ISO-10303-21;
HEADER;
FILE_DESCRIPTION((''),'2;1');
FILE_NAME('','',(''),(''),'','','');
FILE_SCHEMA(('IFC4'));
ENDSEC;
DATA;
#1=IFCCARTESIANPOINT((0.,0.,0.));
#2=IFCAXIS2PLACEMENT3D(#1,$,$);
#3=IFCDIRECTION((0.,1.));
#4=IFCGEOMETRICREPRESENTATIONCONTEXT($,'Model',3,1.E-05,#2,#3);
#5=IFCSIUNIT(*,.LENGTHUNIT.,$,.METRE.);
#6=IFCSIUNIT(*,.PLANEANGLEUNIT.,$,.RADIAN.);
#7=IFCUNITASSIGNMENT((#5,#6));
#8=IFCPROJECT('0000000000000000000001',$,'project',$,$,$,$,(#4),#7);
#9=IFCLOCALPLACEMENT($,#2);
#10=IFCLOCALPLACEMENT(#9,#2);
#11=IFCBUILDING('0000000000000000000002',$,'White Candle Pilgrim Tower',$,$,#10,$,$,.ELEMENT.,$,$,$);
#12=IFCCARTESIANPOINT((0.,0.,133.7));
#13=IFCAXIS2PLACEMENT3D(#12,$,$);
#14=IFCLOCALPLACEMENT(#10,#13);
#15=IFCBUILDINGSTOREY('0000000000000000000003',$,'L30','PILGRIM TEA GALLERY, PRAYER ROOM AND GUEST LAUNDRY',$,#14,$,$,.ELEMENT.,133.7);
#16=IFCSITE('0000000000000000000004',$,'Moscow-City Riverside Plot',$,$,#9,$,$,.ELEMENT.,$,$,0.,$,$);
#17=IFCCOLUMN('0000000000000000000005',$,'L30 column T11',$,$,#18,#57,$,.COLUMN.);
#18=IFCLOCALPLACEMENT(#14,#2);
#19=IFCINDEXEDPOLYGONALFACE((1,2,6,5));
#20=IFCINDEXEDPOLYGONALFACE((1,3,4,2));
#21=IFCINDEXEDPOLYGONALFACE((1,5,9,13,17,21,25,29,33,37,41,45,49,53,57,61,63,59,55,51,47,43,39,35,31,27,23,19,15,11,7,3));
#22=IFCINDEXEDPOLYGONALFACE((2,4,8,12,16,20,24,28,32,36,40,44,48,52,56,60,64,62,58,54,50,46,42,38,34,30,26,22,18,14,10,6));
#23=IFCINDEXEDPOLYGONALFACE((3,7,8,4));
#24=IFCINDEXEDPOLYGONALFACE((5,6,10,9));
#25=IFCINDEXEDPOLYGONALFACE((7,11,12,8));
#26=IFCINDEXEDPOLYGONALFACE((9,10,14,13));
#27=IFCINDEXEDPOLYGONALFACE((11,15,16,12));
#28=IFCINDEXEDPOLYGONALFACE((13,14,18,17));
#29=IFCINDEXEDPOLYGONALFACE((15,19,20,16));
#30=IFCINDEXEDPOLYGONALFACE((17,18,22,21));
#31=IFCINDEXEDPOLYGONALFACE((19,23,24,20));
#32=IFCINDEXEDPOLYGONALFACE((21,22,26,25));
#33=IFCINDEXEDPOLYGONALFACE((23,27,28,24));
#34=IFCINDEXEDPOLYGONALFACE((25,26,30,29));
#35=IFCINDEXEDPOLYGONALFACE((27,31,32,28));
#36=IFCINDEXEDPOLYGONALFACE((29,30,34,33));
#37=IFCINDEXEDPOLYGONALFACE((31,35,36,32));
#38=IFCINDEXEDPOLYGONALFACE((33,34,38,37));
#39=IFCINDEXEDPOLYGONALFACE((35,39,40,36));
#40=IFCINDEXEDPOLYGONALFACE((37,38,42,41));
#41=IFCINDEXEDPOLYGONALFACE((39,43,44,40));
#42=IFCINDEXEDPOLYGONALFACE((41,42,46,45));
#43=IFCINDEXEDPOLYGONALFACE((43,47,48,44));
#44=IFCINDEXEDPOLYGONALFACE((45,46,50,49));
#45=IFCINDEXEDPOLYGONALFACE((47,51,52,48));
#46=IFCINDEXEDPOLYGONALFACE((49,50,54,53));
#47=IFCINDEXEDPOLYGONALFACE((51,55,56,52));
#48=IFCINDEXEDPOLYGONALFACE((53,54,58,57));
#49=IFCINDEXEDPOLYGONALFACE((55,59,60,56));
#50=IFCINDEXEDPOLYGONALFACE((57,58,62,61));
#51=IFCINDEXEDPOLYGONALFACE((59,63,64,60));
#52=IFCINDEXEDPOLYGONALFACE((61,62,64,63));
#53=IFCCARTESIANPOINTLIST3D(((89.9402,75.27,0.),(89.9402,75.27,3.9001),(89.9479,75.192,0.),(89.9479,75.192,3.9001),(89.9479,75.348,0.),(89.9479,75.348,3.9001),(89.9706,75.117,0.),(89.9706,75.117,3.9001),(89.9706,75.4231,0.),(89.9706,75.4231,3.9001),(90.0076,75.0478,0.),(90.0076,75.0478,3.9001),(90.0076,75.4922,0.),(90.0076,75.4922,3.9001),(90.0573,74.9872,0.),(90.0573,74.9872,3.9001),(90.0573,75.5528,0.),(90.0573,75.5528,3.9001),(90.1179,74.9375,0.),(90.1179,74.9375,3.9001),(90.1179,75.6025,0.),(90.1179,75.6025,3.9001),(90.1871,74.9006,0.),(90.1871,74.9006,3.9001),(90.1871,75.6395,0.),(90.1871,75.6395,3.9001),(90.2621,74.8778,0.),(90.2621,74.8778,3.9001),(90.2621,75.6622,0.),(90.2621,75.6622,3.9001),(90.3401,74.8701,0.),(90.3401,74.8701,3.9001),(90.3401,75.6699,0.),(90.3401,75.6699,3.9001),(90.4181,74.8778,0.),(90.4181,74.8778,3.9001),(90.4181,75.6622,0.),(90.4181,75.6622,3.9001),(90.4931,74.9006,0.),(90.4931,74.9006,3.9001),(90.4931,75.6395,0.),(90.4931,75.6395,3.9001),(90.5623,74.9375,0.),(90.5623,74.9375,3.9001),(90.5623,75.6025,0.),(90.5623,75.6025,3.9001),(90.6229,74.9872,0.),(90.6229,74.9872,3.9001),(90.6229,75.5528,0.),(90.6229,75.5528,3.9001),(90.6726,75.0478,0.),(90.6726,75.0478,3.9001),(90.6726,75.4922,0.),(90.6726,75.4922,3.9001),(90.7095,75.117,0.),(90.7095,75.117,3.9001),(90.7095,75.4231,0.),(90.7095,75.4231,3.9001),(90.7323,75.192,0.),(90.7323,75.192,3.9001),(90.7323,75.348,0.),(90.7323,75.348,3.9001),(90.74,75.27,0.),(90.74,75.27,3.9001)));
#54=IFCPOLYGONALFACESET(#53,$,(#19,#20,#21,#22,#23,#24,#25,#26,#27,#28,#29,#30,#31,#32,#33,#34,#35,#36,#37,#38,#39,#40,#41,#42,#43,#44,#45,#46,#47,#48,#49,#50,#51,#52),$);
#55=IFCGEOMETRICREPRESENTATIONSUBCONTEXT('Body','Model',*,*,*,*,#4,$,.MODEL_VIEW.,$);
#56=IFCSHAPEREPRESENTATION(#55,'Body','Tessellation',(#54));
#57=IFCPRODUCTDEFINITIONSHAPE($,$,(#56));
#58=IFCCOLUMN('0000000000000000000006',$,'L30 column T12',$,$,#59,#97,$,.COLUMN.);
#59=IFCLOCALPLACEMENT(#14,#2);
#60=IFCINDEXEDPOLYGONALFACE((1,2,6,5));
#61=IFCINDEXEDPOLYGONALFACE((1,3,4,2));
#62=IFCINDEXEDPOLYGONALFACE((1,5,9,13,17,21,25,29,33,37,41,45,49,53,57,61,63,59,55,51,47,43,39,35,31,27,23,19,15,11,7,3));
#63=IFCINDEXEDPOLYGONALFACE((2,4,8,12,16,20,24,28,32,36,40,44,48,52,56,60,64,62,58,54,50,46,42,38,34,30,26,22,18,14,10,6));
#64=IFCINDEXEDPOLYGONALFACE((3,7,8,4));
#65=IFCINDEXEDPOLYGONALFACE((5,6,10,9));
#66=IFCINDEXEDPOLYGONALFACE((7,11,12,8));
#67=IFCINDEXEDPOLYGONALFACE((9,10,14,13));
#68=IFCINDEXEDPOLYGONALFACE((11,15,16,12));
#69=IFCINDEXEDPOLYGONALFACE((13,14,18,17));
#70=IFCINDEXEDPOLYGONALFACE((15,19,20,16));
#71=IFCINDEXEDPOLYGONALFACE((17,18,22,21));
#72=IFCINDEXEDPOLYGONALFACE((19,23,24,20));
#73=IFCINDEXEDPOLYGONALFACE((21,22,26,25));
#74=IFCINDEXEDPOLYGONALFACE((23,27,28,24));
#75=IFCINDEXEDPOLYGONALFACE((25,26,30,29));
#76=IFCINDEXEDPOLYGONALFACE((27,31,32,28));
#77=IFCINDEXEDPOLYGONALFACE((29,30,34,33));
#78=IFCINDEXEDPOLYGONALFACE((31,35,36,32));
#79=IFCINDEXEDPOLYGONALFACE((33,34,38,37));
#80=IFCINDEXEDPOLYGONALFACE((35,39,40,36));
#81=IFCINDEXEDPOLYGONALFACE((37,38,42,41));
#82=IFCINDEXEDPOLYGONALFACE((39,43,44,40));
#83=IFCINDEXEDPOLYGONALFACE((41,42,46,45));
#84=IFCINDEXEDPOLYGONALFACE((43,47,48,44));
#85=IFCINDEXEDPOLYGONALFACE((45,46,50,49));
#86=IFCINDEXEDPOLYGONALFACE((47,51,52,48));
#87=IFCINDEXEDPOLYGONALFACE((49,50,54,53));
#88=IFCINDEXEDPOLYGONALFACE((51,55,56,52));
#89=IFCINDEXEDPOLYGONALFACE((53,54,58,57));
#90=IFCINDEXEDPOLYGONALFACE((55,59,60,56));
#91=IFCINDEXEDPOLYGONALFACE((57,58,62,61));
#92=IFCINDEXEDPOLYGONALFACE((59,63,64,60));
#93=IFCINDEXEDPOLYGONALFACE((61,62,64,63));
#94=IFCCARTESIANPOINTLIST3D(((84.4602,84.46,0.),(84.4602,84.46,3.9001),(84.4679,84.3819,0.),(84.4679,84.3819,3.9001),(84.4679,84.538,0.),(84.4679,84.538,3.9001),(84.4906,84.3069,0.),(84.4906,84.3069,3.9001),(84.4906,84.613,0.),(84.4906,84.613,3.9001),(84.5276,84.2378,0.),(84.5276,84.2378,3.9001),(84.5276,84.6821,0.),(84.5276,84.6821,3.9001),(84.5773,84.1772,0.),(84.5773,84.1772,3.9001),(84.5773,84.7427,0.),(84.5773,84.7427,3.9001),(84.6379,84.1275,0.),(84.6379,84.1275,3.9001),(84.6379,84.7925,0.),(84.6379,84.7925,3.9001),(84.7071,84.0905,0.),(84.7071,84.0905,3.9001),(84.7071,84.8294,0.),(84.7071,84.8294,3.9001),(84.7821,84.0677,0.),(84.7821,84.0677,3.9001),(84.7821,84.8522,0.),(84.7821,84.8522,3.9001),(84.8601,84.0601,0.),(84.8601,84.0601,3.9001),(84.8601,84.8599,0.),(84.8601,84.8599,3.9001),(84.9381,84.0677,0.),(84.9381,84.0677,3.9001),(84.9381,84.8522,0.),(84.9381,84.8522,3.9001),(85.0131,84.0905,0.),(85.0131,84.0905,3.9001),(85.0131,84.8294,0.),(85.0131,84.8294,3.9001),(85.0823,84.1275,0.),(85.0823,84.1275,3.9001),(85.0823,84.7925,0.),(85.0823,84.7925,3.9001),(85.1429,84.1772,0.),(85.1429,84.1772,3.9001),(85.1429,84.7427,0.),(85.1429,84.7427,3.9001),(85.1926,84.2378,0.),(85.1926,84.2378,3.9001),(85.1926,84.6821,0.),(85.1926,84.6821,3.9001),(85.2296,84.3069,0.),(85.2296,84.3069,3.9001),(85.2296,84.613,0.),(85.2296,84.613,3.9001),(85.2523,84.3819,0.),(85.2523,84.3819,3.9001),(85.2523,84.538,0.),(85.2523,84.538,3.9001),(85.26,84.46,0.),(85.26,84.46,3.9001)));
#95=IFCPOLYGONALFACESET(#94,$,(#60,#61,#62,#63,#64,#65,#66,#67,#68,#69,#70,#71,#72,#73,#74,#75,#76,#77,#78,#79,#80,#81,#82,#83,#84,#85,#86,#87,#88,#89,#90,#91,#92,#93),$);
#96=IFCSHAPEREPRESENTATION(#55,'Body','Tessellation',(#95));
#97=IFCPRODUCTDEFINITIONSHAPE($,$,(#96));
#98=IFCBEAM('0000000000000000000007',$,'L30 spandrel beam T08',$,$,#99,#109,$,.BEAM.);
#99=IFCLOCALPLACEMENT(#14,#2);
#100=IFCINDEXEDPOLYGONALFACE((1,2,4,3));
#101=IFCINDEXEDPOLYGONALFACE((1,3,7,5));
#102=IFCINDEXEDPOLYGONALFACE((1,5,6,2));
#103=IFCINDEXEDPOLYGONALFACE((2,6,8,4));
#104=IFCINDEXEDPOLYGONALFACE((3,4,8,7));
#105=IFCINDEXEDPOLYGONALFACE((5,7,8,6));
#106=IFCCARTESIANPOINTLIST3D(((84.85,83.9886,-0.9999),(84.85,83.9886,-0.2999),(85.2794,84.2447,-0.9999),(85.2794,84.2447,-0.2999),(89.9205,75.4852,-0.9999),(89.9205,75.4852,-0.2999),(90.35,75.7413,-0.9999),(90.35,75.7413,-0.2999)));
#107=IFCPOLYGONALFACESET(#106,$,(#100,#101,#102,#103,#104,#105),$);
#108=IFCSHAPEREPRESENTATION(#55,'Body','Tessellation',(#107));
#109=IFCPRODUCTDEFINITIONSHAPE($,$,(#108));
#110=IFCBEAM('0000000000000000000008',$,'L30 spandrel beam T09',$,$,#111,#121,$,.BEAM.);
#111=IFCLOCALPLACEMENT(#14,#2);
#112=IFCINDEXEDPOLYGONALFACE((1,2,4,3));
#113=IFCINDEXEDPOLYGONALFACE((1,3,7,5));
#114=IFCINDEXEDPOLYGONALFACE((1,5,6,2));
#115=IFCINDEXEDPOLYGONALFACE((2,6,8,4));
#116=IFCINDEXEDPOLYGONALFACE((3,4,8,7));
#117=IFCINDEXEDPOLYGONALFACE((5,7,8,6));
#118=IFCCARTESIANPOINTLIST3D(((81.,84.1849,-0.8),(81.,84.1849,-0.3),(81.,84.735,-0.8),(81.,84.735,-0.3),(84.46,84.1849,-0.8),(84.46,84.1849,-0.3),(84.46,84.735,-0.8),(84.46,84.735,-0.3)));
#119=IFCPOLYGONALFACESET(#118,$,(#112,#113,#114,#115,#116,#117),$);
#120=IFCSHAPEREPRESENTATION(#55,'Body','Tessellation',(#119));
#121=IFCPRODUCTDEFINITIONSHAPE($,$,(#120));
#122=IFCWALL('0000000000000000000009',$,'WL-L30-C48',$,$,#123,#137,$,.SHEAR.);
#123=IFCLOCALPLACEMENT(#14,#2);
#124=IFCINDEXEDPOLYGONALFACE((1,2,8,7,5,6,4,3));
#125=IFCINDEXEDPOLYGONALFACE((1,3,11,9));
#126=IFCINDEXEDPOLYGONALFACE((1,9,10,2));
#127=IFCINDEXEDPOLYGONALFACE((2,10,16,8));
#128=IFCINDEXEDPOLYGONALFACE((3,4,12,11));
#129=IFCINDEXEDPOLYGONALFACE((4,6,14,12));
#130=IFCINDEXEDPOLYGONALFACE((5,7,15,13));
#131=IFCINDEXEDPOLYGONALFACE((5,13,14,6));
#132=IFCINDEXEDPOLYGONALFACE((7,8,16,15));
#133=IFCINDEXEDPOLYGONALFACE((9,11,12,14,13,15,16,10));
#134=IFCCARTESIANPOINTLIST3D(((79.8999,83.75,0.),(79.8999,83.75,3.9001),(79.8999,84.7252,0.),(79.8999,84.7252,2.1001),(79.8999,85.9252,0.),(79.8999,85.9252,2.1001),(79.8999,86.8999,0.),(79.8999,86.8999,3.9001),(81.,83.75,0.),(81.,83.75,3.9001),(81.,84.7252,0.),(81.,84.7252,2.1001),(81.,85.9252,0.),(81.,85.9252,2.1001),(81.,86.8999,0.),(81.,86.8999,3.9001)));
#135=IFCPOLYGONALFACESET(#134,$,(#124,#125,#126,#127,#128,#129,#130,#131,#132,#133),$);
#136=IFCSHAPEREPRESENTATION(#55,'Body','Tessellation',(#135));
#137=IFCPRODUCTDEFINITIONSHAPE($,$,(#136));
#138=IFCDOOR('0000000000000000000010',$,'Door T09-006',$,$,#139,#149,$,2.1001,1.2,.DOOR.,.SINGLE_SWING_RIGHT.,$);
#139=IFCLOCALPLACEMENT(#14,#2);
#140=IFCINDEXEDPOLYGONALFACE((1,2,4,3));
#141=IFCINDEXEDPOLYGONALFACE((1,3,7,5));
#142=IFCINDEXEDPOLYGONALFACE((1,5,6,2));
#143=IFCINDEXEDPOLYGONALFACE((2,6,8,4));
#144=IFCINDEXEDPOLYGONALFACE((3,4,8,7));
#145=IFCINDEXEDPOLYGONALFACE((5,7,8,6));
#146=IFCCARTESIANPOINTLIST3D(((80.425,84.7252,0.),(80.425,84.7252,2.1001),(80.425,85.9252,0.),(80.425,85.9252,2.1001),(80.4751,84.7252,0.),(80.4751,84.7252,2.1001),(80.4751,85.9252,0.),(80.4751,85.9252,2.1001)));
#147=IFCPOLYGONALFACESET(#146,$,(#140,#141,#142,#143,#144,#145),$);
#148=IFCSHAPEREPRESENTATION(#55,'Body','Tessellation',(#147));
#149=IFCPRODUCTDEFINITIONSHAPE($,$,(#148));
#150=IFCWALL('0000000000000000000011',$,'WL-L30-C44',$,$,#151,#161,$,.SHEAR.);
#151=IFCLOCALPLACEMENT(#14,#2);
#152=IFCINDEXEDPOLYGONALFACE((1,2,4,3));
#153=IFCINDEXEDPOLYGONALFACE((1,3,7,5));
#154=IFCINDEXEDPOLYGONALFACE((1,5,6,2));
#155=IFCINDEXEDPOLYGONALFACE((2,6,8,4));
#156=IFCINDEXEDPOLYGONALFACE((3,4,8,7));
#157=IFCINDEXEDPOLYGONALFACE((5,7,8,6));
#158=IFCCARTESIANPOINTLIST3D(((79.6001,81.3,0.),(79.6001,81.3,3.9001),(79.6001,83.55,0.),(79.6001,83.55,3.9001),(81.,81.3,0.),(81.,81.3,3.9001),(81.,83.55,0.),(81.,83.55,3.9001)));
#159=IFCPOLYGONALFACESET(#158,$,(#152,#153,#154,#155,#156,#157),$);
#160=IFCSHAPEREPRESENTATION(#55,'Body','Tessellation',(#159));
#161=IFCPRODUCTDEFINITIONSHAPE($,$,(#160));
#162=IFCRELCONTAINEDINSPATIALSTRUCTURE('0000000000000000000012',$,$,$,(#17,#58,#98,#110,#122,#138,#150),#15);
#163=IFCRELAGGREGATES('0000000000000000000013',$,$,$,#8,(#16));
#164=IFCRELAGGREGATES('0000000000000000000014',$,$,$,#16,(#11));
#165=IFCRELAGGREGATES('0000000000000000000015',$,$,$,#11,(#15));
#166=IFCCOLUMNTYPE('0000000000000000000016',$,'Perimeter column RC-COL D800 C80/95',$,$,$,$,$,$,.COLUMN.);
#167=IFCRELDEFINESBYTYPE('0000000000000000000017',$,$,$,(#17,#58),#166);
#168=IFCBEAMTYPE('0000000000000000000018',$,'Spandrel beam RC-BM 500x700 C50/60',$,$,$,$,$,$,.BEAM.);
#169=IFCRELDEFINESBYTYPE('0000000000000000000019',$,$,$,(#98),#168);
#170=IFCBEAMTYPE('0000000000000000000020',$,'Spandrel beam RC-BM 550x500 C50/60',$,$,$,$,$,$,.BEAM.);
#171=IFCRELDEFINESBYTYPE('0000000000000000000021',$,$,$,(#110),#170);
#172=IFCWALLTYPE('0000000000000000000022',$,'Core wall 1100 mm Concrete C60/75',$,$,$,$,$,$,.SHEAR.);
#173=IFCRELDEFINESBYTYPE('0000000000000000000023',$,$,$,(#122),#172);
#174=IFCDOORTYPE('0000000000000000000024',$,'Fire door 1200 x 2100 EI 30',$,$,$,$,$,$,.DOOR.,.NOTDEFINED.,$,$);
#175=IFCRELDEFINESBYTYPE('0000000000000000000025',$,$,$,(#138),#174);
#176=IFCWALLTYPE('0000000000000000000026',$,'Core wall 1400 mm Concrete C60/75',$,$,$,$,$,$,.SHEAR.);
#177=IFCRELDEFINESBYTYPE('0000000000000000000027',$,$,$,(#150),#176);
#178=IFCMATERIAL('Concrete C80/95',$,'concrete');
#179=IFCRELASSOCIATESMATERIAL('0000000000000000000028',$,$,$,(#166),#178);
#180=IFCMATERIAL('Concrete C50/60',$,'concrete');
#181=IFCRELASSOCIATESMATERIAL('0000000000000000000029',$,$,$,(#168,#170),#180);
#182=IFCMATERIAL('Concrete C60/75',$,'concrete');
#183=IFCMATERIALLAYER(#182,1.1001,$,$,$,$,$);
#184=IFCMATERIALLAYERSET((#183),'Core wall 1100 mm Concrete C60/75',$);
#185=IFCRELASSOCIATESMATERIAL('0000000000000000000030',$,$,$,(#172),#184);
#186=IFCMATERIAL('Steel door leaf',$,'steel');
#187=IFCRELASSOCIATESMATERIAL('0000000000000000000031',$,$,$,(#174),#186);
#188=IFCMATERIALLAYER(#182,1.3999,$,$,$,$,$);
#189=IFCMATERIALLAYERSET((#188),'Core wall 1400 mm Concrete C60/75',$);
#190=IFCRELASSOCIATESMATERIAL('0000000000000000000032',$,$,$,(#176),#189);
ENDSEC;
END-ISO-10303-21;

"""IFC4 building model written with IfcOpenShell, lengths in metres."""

from ifc_helpers import new_model, si_unit, direction, frame, frame_2d, origin, origin_2d, place, context, subcontext, project, spatial, rectangle, circle, extrude, material, layer, layer_set, material_profile, profile_set, type_object, element, fill, save


model = new_model("IFC4")

# Units and contexts
model_context = context("Model", 3, precision=1e-05, world=origin(), true_north=direction((0.0, 1.0)))
body_context = subcontext(model_context, "Body", "Model", "MODEL_VIEW")
ifc_project = project(units=[si_unit("LENGTHUNIT", "METRE"), si_unit("PLANEANGLEUNIT", "RADIAN")], contexts=[model_context])

# Site, building, storey
site_placement = place(None, origin())
site = spatial("IfcSite", under=ifc_project, at=site_placement, Name="Moscow-City Riverside Plot", CompositionType="ELEMENT", RefElevation=0.0)
building_placement = place(site_placement, origin())
building = spatial("IfcBuilding", under=site, at=building_placement, Name="White Candle Pilgrim Tower", CompositionType="ELEMENT")
storey_placement = place(building_placement, frame((0.0, 0.0, 133.7)))
storey = spatial("IfcBuildingStorey", under=building, at=storey_placement, Name="L30", Description="PILGRIM TEA GALLERY, PRAYER ROOM AND GUEST LAUNDRY", CompositionType="ELEMENT", Elevation=133.7)

# Columns
ifc_material_1 = material(Name="Concrete C80/95", Category="concrete")
ifc_material_profile_1 = material_profile(ifc_material_1, circle(Radius=0.3999, at=origin_2d()), Name="RC-COL D800")
ifc_profile_set_1 = profile_set([ifc_material_profile_1], Name="Concrete C80/95")
column_type = type_object("IfcColumnType", Name="Perimeter column RC-COL D800 C80/95", PredefinedType="COLUMN", material=ifc_profile_set_1)
for number, where, z_axis, x_axis, name in (
    (1, (90.3401, 75.27, 0.0), (0.0, 0.0, 1.0), (1.0, 0.0, 0.0), "L30 column T11"),
    (2, (84.8601, 84.46, 0.0), (0.0, 0.0, 1.0), (1.0, 0.0, 0.0), "L30 column T12"),
):
    element("IfcColumn", number, at=place(storey_placement, frame(where, z_axis=z_axis, x_axis=x_axis)), inside=storey, type_object=column_type, Name=name, PredefinedType="COLUMN", context=body_context, shape_type="SweptSolid", body=[
        extrude(circle(Radius=0.3999, at=origin_2d()), origin(), (0.0, 0.0, 1.0), 3.9001),
    ])

# Beams
ifc_material_2 = material(Name="Concrete C50/60", Category="concrete")
ifc_material_profile_2 = material_profile(ifc_material_2, rectangle(XDim=0.5, YDim=0.7, at=origin_2d()), Name="RC-BM 500x700")
ifc_profile_set_2 = profile_set([ifc_material_profile_2], Name="Concrete C50/60")
beam_type_1 = type_object("IfcBeamType", Name="Spandrel beam RC-BM 500x700 C50/60", PredefinedType="BEAM", material=ifc_profile_set_2)
beam_1_placement = place(storey_placement, frame((90.1353, 75.6133, -0.6499), z_axis=(-0.512155, 0.858893, 0.0), x_axis=(-0.858893, -0.512155, 0.0)))
element("IfcBeam", 3, at=beam_1_placement, inside=storey, type_object=beam_type_1, Name="L30 spandrel beam T08", PredefinedType="BEAM", context=body_context, shape_type="SweptSolid", body=[
    extrude(rectangle(XDim=0.5, YDim=0.7, at=origin_2d()), origin(), (0.0, 0.0, 1.0), 9.9004),
])
ifc_material_profile_3 = material_profile(ifc_material_2, rectangle(XDim=0.55, YDim=0.5, at=origin_2d()), Name="RC-BM 550x500")
ifc_profile_set_3 = profile_set([ifc_material_profile_3], Name="Concrete C50/60")
beam_type_2 = type_object("IfcBeamType", Name="Spandrel beam RC-BM 550x500 C50/60", PredefinedType="BEAM", material=ifc_profile_set_3)
beam_2_placement = place(storey_placement, frame((84.46, 84.46, -0.55), z_axis=(-1.0, 0.0, 0.0), x_axis=(0.0, -1.0, 0.0)))
element("IfcBeam", 4, at=beam_2_placement, inside=storey, type_object=beam_type_2, Name="L30 spandrel beam T09", PredefinedType="BEAM", context=body_context, shape_type="SweptSolid", body=[
    extrude(rectangle(XDim=0.55, YDim=0.5, at=origin_2d()), origin(), (0.0, 0.0, 1.0), 3.46),
])

# Wall, opening, door
ifc_material_3 = material(Name="Concrete C60/75", Category="concrete")
ifc_layer_1 = layer(ifc_material_3, 1.1001)
ifc_layer_set_1 = layer_set([ifc_layer_1], Name="Core wall 1100 mm Concrete C60/75")
wall_type_1 = type_object("IfcWallType", Name="Core wall 1100 mm Concrete C60/75", PredefinedType="SHEAR", material=ifc_layer_set_1)
wall_1_placement = place(storey_placement, frame((80.45, 83.75, 0.0), z_axis=(0.0, 0.0, 1.0), x_axis=(0.0, 1.0, 0.0)))
wall_1 = element("IfcWall", 5, at=wall_1_placement, inside=storey, type_object=wall_type_1, Name="WL-L30-C48", PredefinedType="SHEAR", context=body_context, shape_type="SweptSolid", body=[
    extrude(rectangle(XDim=3.1499, YDim=1.1001, at=frame_2d((1.575, 0.0))), origin(), (0.0, 0.0, 1.0), 3.9001),
])
opening_1_placement = place(wall_1_placement, frame((0.9751, 0.0, 0.0)))
opening_1 = element("IfcOpeningElement", 6, at=opening_1_placement, cuts=wall_1, PredefinedType="OPENING", context=body_context, shape_type="SweptSolid", body=[
    extrude(rectangle(XDim=1.2, YDim=2.1001, at=frame_2d((0.6001, 1.05))), frame((0.0, 0.5601, 0.0), z_axis=(0.0, -1.0, 0.0), x_axis=(1.0, 0.0, 0.0)), (0.0, 0.0, 1.0), 1.1201),
])
ifc_material_4 = material(Name="Steel door leaf", Category="steel")
door_type_1 = type_object("IfcDoorType", Name="Fire door 1200 x 2100 EI 30", OperationType="NOTDEFINED", PredefinedType="DOOR", material=ifc_material_4)
door_1_placement = place(opening_1_placement, origin())
door_1 = element("IfcDoor", 7, at=door_1_placement, inside=storey, type_object=door_type_1, Name="Door T09-006", OperationType="SINGLE_SWING_RIGHT", OverallHeight=2.1001, OverallWidth=1.2, PredefinedType="DOOR", context=body_context, shape_type="SweptSolid", body=[
    extrude(rectangle(XDim=1.2, YDim=2.1001, at=frame_2d((0.6001, 1.05))), frame((0.0, 0.0249, 0.0), z_axis=(0.0, -1.0, 0.0), x_axis=(1.0, 0.0, 0.0)), (0.0, 0.0, 1.0), 0.05),
])
fill(opening_1, door_1)

# Wall
ifc_layer_2 = layer(ifc_material_3, 1.3999)
ifc_layer_set_2 = layer_set([ifc_layer_2], Name="Core wall 1400 mm Concrete C60/75")
wall_type_2 = type_object("IfcWallType", Name="Core wall 1400 mm Concrete C60/75", PredefinedType="SHEAR", material=ifc_layer_set_2)
wall_2_placement = place(storey_placement, frame((80.3, 81.3, 0.0), z_axis=(0.0, 0.0, 1.0), x_axis=(0.0, 1.0, 0.0)))
element("IfcWall", 8, at=wall_2_placement, inside=storey, type_object=wall_type_2, Name="WL-L30-C44", PredefinedType="SHEAR", context=body_context, shape_type="SweptSolid", body=[
    extrude(rectangle(XDim=2.25, YDim=1.3999, at=frame_2d((1.125, 0.0))), origin(), (0.0, 0.0, 1.0), 3.9001),
])

save(model, "model.ifc")
